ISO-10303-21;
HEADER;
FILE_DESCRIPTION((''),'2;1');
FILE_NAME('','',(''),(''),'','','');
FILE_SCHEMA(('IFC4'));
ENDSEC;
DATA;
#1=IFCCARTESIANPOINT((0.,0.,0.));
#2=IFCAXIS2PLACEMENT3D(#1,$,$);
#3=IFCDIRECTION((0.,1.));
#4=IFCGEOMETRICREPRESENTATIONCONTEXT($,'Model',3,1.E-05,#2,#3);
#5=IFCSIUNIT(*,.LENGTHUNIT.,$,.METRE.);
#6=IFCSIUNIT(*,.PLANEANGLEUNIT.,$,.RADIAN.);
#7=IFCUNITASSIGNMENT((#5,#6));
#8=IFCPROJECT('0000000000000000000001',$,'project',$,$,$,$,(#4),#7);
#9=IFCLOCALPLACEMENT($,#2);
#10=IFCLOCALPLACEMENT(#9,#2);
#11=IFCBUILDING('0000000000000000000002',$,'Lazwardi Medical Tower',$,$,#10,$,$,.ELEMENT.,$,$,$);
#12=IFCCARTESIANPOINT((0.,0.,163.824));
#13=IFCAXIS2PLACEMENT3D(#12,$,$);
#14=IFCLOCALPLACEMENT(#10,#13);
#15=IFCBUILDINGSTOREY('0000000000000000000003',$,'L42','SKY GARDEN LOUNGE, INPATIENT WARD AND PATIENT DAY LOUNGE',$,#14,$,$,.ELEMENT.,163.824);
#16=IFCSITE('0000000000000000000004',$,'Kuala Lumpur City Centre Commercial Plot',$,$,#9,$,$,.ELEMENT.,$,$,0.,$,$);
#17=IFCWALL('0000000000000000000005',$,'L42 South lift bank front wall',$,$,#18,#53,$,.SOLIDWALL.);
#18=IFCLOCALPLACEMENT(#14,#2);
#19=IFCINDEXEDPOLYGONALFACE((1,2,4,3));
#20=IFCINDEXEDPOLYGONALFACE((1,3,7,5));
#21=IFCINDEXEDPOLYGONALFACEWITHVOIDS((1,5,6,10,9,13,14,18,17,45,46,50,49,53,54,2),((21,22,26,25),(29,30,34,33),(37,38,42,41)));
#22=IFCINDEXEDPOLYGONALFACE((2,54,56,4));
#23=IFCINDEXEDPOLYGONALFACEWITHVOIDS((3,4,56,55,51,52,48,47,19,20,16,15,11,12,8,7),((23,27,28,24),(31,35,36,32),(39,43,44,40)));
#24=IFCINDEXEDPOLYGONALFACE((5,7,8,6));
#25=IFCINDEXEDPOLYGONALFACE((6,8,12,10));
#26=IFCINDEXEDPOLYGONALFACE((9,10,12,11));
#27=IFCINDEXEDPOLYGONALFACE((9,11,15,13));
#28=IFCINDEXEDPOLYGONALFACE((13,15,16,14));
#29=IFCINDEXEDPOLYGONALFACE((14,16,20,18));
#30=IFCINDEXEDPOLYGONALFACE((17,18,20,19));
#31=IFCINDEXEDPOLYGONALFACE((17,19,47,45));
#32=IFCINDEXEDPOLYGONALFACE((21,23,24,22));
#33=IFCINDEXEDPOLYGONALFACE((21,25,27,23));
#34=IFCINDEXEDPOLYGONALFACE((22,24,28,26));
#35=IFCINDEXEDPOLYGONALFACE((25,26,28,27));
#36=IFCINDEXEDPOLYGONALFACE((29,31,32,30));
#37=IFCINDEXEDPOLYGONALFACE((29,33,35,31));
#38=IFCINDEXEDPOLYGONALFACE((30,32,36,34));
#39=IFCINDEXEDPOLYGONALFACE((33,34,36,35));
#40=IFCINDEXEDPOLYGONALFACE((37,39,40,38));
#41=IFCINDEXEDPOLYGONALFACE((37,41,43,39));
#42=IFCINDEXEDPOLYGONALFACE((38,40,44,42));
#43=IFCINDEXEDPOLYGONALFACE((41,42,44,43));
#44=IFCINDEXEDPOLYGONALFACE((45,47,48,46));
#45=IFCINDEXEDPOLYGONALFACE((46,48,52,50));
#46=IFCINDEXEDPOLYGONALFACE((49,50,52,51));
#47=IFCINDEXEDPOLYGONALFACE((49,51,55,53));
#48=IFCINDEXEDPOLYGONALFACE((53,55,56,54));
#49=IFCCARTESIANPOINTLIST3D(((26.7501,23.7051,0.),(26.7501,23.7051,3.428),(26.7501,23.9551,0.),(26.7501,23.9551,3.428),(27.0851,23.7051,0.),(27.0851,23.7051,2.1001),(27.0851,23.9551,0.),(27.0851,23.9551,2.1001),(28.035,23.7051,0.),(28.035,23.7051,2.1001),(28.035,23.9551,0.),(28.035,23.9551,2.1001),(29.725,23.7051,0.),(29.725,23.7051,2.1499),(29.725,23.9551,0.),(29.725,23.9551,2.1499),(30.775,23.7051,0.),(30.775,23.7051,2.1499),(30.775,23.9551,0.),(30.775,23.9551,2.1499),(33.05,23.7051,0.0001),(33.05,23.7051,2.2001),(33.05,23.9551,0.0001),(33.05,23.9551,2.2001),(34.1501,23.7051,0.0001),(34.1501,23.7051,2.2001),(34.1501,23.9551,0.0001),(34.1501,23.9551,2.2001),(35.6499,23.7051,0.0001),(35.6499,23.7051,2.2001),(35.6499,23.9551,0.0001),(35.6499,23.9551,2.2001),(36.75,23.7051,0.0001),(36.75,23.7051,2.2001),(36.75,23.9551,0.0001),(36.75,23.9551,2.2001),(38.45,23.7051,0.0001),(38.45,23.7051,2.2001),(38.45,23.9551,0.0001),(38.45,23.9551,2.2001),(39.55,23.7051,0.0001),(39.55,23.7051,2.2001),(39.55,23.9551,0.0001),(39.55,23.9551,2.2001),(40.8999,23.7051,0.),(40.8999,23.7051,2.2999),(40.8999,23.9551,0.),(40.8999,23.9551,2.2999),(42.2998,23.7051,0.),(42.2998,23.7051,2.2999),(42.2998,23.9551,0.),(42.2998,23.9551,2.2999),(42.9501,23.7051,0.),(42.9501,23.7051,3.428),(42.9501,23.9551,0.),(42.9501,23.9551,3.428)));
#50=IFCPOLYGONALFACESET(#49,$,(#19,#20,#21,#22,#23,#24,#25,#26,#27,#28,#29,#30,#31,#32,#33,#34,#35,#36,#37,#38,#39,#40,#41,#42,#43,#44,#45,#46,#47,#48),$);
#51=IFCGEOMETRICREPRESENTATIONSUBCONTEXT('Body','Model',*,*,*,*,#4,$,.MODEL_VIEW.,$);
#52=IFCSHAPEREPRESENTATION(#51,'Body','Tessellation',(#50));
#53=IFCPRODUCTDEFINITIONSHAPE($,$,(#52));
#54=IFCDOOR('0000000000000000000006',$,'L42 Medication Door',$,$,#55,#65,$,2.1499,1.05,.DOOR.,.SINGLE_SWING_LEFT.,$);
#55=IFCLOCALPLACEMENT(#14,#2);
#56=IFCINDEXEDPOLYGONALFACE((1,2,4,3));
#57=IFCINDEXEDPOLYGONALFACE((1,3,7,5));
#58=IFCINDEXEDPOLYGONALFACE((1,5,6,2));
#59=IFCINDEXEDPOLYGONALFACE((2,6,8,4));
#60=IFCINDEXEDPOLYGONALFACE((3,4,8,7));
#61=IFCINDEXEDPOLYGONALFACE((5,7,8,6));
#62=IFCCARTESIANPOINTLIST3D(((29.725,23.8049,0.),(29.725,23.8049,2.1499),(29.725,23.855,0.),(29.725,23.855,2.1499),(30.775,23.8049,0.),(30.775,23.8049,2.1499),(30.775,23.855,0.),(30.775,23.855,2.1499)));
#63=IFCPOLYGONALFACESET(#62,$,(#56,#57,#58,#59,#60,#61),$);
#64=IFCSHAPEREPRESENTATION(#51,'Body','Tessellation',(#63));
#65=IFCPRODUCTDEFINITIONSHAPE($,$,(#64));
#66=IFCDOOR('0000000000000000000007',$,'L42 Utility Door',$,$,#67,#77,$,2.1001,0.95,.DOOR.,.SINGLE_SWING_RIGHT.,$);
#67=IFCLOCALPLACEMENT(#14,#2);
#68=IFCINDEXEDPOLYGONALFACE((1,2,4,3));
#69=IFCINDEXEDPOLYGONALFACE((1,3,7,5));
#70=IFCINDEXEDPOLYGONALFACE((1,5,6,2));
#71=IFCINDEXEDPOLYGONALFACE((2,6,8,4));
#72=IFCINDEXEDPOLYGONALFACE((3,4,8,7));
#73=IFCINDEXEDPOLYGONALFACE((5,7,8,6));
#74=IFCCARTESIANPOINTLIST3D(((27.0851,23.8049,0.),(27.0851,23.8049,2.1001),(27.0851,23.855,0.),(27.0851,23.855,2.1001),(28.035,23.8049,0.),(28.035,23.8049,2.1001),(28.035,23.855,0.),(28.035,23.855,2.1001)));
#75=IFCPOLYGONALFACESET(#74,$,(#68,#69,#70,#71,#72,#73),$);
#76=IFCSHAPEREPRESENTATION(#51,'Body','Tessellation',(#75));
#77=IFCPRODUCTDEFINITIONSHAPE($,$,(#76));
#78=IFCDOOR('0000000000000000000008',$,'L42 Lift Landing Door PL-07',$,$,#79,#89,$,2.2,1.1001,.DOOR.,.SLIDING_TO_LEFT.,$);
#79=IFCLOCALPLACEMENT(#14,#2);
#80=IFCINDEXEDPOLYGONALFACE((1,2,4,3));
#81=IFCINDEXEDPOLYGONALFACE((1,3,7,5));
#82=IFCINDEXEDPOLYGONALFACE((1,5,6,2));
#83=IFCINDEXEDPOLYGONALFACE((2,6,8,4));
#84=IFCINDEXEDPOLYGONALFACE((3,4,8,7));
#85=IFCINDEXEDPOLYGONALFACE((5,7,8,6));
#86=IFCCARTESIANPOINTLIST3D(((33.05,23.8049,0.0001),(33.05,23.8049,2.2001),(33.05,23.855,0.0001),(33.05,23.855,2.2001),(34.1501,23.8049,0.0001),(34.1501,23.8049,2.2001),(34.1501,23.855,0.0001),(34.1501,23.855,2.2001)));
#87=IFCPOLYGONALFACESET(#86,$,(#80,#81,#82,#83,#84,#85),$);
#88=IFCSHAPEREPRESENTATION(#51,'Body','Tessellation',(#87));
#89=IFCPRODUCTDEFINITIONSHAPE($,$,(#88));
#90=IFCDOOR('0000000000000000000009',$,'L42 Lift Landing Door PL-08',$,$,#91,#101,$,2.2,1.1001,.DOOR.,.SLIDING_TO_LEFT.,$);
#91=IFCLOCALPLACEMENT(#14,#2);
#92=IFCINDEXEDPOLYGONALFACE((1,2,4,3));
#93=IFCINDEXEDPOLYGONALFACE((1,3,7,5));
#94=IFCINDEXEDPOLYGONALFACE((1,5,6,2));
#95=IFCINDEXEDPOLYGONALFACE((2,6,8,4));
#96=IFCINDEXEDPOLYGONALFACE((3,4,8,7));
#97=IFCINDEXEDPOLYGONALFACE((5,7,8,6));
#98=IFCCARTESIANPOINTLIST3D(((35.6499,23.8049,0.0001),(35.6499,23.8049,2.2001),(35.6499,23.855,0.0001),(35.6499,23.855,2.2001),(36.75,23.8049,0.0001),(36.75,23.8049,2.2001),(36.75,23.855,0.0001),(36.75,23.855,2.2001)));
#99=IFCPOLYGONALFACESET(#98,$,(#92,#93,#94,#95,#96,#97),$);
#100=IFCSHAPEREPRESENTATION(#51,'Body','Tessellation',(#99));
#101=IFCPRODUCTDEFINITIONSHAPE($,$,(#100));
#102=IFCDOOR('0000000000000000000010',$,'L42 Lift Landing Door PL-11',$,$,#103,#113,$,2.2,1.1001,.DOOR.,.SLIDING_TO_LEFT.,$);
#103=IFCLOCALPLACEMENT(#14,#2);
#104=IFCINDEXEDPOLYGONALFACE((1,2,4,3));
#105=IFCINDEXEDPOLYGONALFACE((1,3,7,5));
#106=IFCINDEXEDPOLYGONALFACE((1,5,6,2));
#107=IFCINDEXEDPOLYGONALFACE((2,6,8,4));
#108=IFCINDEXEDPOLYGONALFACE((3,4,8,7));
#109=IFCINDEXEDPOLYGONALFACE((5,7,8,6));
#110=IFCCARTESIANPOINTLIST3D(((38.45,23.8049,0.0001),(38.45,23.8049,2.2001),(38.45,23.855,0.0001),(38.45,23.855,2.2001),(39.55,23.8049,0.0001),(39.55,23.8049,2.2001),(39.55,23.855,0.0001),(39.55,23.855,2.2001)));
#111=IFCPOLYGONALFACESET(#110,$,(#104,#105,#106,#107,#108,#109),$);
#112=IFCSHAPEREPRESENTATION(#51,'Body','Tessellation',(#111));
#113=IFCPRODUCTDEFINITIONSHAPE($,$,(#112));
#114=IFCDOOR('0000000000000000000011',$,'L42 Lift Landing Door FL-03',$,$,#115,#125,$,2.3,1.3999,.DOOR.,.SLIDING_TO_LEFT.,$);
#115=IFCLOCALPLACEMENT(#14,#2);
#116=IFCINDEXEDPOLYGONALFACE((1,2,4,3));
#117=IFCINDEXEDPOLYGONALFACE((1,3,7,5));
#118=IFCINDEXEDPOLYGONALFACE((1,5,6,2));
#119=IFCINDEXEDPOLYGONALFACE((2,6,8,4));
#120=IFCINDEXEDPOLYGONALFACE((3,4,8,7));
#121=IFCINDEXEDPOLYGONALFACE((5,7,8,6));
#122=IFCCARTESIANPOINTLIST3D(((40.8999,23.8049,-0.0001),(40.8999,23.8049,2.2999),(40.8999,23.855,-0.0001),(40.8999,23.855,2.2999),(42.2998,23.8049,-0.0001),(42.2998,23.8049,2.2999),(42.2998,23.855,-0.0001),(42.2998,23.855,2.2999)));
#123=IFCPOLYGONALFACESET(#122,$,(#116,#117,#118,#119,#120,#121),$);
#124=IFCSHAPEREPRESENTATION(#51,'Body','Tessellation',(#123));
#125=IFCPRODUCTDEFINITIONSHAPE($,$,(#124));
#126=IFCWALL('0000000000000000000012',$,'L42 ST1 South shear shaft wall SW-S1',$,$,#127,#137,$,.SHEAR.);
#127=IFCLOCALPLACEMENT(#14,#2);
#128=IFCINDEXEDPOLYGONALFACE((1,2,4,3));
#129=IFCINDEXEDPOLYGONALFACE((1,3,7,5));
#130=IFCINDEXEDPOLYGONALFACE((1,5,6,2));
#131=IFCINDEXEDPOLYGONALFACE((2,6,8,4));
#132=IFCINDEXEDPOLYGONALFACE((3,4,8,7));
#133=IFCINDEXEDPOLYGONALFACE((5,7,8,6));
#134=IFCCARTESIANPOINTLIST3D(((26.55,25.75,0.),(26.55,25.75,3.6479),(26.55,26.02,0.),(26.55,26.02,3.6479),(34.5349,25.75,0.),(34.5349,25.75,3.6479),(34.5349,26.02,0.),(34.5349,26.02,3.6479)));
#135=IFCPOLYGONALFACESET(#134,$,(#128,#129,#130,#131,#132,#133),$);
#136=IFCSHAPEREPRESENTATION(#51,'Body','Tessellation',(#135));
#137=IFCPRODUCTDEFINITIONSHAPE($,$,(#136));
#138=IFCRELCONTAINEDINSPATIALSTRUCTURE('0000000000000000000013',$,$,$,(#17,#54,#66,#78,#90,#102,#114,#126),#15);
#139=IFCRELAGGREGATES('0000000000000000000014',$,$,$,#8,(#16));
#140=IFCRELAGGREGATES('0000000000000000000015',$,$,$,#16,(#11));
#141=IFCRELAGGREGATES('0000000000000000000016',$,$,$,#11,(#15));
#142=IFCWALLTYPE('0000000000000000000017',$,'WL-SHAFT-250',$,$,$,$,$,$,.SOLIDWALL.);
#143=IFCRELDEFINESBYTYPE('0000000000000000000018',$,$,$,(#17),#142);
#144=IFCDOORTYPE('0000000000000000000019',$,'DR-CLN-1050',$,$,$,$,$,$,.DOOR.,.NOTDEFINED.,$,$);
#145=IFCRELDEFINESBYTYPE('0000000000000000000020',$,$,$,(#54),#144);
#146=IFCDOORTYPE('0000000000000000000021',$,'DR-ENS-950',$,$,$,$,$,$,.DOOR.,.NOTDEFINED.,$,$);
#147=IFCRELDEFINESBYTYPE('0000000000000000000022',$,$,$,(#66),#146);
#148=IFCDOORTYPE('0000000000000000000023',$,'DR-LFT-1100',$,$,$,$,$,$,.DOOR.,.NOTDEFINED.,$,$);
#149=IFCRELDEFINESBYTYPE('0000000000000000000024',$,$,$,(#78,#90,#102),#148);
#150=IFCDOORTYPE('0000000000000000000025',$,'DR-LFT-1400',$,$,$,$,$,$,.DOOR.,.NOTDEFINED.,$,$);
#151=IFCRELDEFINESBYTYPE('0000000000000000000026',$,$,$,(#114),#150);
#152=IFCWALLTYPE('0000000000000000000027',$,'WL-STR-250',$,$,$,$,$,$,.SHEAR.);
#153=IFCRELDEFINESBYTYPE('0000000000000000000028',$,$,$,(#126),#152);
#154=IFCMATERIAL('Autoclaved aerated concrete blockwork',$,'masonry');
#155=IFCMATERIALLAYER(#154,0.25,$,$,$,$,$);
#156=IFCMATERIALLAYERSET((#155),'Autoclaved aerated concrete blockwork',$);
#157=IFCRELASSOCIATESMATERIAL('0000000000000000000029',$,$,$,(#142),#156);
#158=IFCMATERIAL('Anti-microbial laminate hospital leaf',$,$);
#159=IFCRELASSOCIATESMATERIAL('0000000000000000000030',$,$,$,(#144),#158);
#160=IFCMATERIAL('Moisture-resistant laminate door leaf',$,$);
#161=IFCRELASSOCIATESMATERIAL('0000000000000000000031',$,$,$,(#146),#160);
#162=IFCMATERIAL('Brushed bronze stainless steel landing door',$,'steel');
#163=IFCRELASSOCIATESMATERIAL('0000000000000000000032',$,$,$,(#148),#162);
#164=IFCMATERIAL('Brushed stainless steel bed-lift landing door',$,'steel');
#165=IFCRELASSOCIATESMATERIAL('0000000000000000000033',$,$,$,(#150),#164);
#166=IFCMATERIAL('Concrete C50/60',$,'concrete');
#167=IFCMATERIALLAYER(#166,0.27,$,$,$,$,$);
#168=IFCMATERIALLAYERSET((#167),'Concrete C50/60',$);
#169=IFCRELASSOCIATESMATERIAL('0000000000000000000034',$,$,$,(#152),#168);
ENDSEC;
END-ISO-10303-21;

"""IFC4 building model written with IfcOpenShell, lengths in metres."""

from ifc_helpers import new_model, si_unit, direction, frame, frame_2d, origin, place, context, subcontext, project, spatial, rectangle, extrude, material, layer, layer_set, type_object, element, fill, save


model = new_model("IFC4")

# Units and contexts
model_context = context("Model", 3, precision=1e-05, world=origin(), true_north=direction((0.0, 1.0)))
body_context = subcontext(model_context, "Body", "Model", "MODEL_VIEW")
ifc_project = project(units=[si_unit("LENGTHUNIT", "METRE"), si_unit("PLANEANGLEUNIT", "RADIAN")], contexts=[model_context])

# Site, building, storey
site_placement = place(None, origin())
site = spatial("IfcSite", under=ifc_project, at=site_placement, Name="Kuala Lumpur City Centre Commercial Plot", CompositionType="ELEMENT", RefElevation=0.0)
building_placement = place(site_placement, origin())
building = spatial("IfcBuilding", under=site, at=building_placement, Name="Lazwardi Medical Tower", CompositionType="ELEMENT")
storey_placement = place(building_placement, frame((0.0, 0.0, 163.824)))
storey = spatial("IfcBuildingStorey", under=building, at=storey_placement, Name="L42", Description="SKY GARDEN LOUNGE, INPATIENT WARD AND PATIENT DAY LOUNGE", CompositionType="ELEMENT", Elevation=163.824)

# Wall, openings, doors
ifc_material_1 = material(Name="Autoclaved aerated concrete blockwork", Category="masonry")
ifc_layer_1 = layer(ifc_material_1, 0.25)
ifc_layer_set_1 = layer_set([ifc_layer_1], Name="Autoclaved aerated concrete blockwork")
wall_type_1 = type_object("IfcWallType", Name="WL-SHAFT-250", PredefinedType="SOLIDWALL", material=ifc_layer_set_1)
wall_1_placement = place(storey_placement, frame((26.75, 23.8301, 0.0), z_axis=(0.0, 0.0, 1.0), x_axis=(1.0, 0.0, 0.0)))
wall_1 = element("IfcWall", 1, at=wall_1_placement, inside=storey, type_object=wall_type_1, Name="L42 South lift bank front wall", PredefinedType="SOLIDWALL", context=body_context, shape_type="SweptSolid", body=[
    extrude(rectangle(XDim=16.2, YDim=0.25, at=frame_2d((8.1001, 0.0))), origin(), (0.0, 0.0, 1.0), 3.428),
])
opening_1_placement = place(wall_1_placement, frame((0.335, 0.0, 0.0)))
opening_1 = element("IfcOpeningElement", 2, at=opening_1_placement, cuts=wall_1, PredefinedType="OPENING", context=body_context, shape_type="SweptSolid", body=[
    extrude(rectangle(XDim=0.95, YDim=2.1001, at=frame_2d((0.4751, 1.05))), frame((0.0, 0.135, 0.0), z_axis=(0.0, -1.0, 0.0), x_axis=(1.0, 0.0, 0.0)), (0.0, 0.0, 1.0), 0.27),
])
opening_2_placement = place(wall_1_placement, frame((2.9751, 0.0, 0.0)))
opening_2 = element("IfcOpeningElement", 3, at=opening_2_placement, cuts=wall_1, PredefinedType="OPENING", context=body_context, shape_type="SweptSolid", body=[
    extrude(rectangle(XDim=1.05, YDim=2.1499, at=frame_2d((0.5249, 1.075))), frame((0.0, 0.135, 0.0), z_axis=(0.0, -1.0, 0.0), x_axis=(1.0, 0.0, 0.0)), (0.0, 0.0, 1.0), 0.27),
])
opening_3_placement = place(wall_1_placement, frame((6.3, 0.0, 0.0)))
opening_3 = element("IfcOpeningElement", 4, at=opening_3_placement, cuts=wall_1, PredefinedType="OPENING", context=body_context, shape_type="SweptSolid", body=[
    extrude(rectangle(XDim=1.1001, YDim=2.2, at=frame_2d((0.55, 1.1001))), frame((0.0, 0.135, 0.0), z_axis=(0.0, -1.0, 0.0), x_axis=(1.0, 0.0, 0.0)), (0.0, 0.0, 1.0), 0.27),
])
opening_4_placement = place(wall_1_placement, frame((8.8999, 0.0, 0.0)))
opening_4 = element("IfcOpeningElement", 5, at=opening_4_placement, cuts=wall_1, PredefinedType="OPENING", context=body_context, shape_type="SweptSolid", body=[
    extrude(rectangle(XDim=1.1001, YDim=2.2, at=frame_2d((0.55, 1.1001))), frame((0.0, 0.135, 0.0), z_axis=(0.0, -1.0, 0.0), x_axis=(1.0, 0.0, 0.0)), (0.0, 0.0, 1.0), 0.27),
])
opening_5_placement = place(wall_1_placement, frame((11.7, 0.0, 0.0)))
opening_5 = element("IfcOpeningElement", 6, at=opening_5_placement, cuts=wall_1, PredefinedType="OPENING", context=body_context, shape_type="SweptSolid", body=[
    extrude(rectangle(XDim=1.1001, YDim=2.2, at=frame_2d((0.55, 1.1001))), frame((0.0, 0.135, 0.0), z_axis=(0.0, -1.0, 0.0), x_axis=(1.0, 0.0, 0.0)), (0.0, 0.0, 1.0), 0.27),
])
opening_6_placement = place(wall_1_placement, frame((14.1499, 0.0, 0.0)))
opening_6 = element("IfcOpeningElement", 7, at=opening_6_placement, cuts=wall_1, PredefinedType="OPENING", context=body_context, shape_type="SweptSolid", body=[
    extrude(rectangle(XDim=1.3999, YDim=2.3, at=frame_2d((0.7, 1.1499))), frame((0.0, 0.135, 0.0), z_axis=(0.0, -1.0, 0.0), x_axis=(1.0, 0.0, 0.0)), (0.0, 0.0, 1.0), 0.27),
])
ifc_material_2 = material(Name="Anti-microbial laminate hospital leaf")
door_type_1 = type_object("IfcDoorType", Name="DR-CLN-1050", OperationType="NOTDEFINED", PredefinedType="DOOR", material=ifc_material_2)
door_1_placement = place(opening_2_placement, origin())
door_1 = element("IfcDoor", 8, at=door_1_placement, inside=storey, type_object=door_type_1, Name="L42 Medication Door", OperationType="SINGLE_SWING_LEFT", OverallHeight=2.1499, OverallWidth=1.05, PredefinedType="DOOR", context=body_context, shape_type="SweptSolid", body=[
    extrude(rectangle(XDim=1.05, YDim=2.1499, at=frame_2d((0.5249, 1.075))), frame((0.0, 0.0249, 0.0), z_axis=(0.0, -1.0, 0.0), x_axis=(1.0, 0.0, 0.0)), (0.0, 0.0, 1.0), 0.05),
])
fill(opening_2, door_1)
ifc_material_3 = material(Name="Moisture-resistant laminate door leaf")
door_type_2 = type_object("IfcDoorType", Name="DR-ENS-950", OperationType="NOTDEFINED", PredefinedType="DOOR", material=ifc_material_3)
door_2_placement = place(opening_1_placement, origin())
door_2 = element("IfcDoor", 9, at=door_2_placement, inside=storey, type_object=door_type_2, Name="L42 Utility Door", OperationType="SINGLE_SWING_RIGHT", OverallHeight=2.1001, OverallWidth=0.95, PredefinedType="DOOR", context=body_context, shape_type="SweptSolid", body=[
    extrude(rectangle(XDim=0.95, YDim=2.1001, at=frame_2d((0.4751, 1.05))), frame((0.0, 0.0249, 0.0), z_axis=(0.0, -1.0, 0.0), x_axis=(1.0, 0.0, 0.0)), (0.0, 0.0, 1.0), 0.05),
])
fill(opening_1, door_2)
ifc_material_4 = material(Name="Brushed bronze stainless steel landing door", Category="steel")
door_type_3 = type_object("IfcDoorType", Name="DR-LFT-1100", OperationType="NOTDEFINED", PredefinedType="DOOR", material=ifc_material_4)
door_3_placement = place(opening_3_placement, origin())
door_3 = element("IfcDoor", 10, at=door_3_placement, inside=storey, type_object=door_type_3, Name="L42 Lift Landing Door PL-07", OperationType="SLIDING_TO_LEFT", OverallHeight=2.2, OverallWidth=1.1001, PredefinedType="DOOR", context=body_context, shape_type="SweptSolid", body=[
    extrude(rectangle(XDim=1.1001, YDim=2.2, at=frame_2d((0.55, 1.1001))), frame((0.0, 0.0249, 0.0), z_axis=(0.0, -1.0, 0.0), x_axis=(1.0, 0.0, 0.0)), (0.0, 0.0, 1.0), 0.05),
])
fill(opening_3, door_3)
door_4_placement = place(opening_4_placement, origin())
door_4 = element("IfcDoor", 11, at=door_4_placement, inside=storey, type_object=door_type_3, Name="L42 Lift Landing Door PL-08", OperationType="SLIDING_TO_LEFT", OverallHeight=2.2, OverallWidth=1.1001, PredefinedType="DOOR", context=body_context, shape_type="SweptSolid", body=[
    extrude(rectangle(XDim=1.1001, YDim=2.2, at=frame_2d((0.55, 1.1001))), frame((0.0, 0.0249, 0.0), z_axis=(0.0, -1.0, 0.0), x_axis=(1.0, 0.0, 0.0)), (0.0, 0.0, 1.0), 0.05),
])
fill(opening_4, door_4)
door_5_placement = place(opening_5_placement, origin())
door_5 = element("IfcDoor", 12, at=door_5_placement, inside=storey, type_object=door_type_3, Name="L42 Lift Landing Door PL-11", OperationType="SLIDING_TO_LEFT", OverallHeight=2.2, OverallWidth=1.1001, PredefinedType="DOOR", context=body_context, shape_type="SweptSolid", body=[
    extrude(rectangle(XDim=1.1001, YDim=2.2, at=frame_2d((0.55, 1.1001))), frame((0.0, 0.0249, 0.0), z_axis=(0.0, -1.0, 0.0), x_axis=(1.0, 0.0, 0.0)), (0.0, 0.0, 1.0), 0.05),
])
fill(opening_5, door_5)
ifc_material_5 = material(Name="Brushed stainless steel bed-lift landing door", Category="steel")
door_type_4 = type_object("IfcDoorType", Name="DR-LFT-1400", OperationType="NOTDEFINED", PredefinedType="DOOR", material=ifc_material_5)
door_6_placement = place(opening_6_placement, origin())
door_6 = element("IfcDoor", 13, at=door_6_placement, inside=storey, type_object=door_type_4, Name="L42 Lift Landing Door FL-03", OperationType="SLIDING_TO_LEFT", OverallHeight=2.3, OverallWidth=1.3999, PredefinedType="DOOR", context=body_context, shape_type="SweptSolid", body=[
    extrude(rectangle(XDim=1.3999, YDim=2.3, at=frame_2d((0.7, 1.1499))), frame((0.0, 0.0249, 0.0), z_axis=(0.0, -1.0, 0.0), x_axis=(1.0, 0.0, 0.0)), (0.0, 0.0, 1.0), 0.05),
])
fill(opening_6, door_6)

# Wall
ifc_material_6 = material(Name="Concrete C50/60", Category="concrete")
ifc_layer_2 = layer(ifc_material_6, 0.27)
ifc_layer_set_2 = layer_set([ifc_layer_2], Name="Concrete C50/60")
wall_type_2 = type_object("IfcWallType", Name="WL-STR-250", PredefinedType="SHEAR", material=ifc_layer_set_2)
wall_2_placement = place(storey_placement, frame((26.55, 25.885, 0.0), z_axis=(0.0, 0.0, 1.0), x_axis=(1.0, 0.0, 0.0)))
element("IfcWall", 14, at=wall_2_placement, inside=storey, type_object=wall_type_2, Name="L42 ST1 South shear shaft wall SW-S1", PredefinedType="SHEAR", context=body_context, shape_type="SweptSolid", body=[
    extrude(rectangle(XDim=7.9849, YDim=0.27, at=frame_2d((3.9924, 0.0))), origin(), (0.0, 0.0, 1.0), 3.6479),
])

save(model, "model.ifc")
